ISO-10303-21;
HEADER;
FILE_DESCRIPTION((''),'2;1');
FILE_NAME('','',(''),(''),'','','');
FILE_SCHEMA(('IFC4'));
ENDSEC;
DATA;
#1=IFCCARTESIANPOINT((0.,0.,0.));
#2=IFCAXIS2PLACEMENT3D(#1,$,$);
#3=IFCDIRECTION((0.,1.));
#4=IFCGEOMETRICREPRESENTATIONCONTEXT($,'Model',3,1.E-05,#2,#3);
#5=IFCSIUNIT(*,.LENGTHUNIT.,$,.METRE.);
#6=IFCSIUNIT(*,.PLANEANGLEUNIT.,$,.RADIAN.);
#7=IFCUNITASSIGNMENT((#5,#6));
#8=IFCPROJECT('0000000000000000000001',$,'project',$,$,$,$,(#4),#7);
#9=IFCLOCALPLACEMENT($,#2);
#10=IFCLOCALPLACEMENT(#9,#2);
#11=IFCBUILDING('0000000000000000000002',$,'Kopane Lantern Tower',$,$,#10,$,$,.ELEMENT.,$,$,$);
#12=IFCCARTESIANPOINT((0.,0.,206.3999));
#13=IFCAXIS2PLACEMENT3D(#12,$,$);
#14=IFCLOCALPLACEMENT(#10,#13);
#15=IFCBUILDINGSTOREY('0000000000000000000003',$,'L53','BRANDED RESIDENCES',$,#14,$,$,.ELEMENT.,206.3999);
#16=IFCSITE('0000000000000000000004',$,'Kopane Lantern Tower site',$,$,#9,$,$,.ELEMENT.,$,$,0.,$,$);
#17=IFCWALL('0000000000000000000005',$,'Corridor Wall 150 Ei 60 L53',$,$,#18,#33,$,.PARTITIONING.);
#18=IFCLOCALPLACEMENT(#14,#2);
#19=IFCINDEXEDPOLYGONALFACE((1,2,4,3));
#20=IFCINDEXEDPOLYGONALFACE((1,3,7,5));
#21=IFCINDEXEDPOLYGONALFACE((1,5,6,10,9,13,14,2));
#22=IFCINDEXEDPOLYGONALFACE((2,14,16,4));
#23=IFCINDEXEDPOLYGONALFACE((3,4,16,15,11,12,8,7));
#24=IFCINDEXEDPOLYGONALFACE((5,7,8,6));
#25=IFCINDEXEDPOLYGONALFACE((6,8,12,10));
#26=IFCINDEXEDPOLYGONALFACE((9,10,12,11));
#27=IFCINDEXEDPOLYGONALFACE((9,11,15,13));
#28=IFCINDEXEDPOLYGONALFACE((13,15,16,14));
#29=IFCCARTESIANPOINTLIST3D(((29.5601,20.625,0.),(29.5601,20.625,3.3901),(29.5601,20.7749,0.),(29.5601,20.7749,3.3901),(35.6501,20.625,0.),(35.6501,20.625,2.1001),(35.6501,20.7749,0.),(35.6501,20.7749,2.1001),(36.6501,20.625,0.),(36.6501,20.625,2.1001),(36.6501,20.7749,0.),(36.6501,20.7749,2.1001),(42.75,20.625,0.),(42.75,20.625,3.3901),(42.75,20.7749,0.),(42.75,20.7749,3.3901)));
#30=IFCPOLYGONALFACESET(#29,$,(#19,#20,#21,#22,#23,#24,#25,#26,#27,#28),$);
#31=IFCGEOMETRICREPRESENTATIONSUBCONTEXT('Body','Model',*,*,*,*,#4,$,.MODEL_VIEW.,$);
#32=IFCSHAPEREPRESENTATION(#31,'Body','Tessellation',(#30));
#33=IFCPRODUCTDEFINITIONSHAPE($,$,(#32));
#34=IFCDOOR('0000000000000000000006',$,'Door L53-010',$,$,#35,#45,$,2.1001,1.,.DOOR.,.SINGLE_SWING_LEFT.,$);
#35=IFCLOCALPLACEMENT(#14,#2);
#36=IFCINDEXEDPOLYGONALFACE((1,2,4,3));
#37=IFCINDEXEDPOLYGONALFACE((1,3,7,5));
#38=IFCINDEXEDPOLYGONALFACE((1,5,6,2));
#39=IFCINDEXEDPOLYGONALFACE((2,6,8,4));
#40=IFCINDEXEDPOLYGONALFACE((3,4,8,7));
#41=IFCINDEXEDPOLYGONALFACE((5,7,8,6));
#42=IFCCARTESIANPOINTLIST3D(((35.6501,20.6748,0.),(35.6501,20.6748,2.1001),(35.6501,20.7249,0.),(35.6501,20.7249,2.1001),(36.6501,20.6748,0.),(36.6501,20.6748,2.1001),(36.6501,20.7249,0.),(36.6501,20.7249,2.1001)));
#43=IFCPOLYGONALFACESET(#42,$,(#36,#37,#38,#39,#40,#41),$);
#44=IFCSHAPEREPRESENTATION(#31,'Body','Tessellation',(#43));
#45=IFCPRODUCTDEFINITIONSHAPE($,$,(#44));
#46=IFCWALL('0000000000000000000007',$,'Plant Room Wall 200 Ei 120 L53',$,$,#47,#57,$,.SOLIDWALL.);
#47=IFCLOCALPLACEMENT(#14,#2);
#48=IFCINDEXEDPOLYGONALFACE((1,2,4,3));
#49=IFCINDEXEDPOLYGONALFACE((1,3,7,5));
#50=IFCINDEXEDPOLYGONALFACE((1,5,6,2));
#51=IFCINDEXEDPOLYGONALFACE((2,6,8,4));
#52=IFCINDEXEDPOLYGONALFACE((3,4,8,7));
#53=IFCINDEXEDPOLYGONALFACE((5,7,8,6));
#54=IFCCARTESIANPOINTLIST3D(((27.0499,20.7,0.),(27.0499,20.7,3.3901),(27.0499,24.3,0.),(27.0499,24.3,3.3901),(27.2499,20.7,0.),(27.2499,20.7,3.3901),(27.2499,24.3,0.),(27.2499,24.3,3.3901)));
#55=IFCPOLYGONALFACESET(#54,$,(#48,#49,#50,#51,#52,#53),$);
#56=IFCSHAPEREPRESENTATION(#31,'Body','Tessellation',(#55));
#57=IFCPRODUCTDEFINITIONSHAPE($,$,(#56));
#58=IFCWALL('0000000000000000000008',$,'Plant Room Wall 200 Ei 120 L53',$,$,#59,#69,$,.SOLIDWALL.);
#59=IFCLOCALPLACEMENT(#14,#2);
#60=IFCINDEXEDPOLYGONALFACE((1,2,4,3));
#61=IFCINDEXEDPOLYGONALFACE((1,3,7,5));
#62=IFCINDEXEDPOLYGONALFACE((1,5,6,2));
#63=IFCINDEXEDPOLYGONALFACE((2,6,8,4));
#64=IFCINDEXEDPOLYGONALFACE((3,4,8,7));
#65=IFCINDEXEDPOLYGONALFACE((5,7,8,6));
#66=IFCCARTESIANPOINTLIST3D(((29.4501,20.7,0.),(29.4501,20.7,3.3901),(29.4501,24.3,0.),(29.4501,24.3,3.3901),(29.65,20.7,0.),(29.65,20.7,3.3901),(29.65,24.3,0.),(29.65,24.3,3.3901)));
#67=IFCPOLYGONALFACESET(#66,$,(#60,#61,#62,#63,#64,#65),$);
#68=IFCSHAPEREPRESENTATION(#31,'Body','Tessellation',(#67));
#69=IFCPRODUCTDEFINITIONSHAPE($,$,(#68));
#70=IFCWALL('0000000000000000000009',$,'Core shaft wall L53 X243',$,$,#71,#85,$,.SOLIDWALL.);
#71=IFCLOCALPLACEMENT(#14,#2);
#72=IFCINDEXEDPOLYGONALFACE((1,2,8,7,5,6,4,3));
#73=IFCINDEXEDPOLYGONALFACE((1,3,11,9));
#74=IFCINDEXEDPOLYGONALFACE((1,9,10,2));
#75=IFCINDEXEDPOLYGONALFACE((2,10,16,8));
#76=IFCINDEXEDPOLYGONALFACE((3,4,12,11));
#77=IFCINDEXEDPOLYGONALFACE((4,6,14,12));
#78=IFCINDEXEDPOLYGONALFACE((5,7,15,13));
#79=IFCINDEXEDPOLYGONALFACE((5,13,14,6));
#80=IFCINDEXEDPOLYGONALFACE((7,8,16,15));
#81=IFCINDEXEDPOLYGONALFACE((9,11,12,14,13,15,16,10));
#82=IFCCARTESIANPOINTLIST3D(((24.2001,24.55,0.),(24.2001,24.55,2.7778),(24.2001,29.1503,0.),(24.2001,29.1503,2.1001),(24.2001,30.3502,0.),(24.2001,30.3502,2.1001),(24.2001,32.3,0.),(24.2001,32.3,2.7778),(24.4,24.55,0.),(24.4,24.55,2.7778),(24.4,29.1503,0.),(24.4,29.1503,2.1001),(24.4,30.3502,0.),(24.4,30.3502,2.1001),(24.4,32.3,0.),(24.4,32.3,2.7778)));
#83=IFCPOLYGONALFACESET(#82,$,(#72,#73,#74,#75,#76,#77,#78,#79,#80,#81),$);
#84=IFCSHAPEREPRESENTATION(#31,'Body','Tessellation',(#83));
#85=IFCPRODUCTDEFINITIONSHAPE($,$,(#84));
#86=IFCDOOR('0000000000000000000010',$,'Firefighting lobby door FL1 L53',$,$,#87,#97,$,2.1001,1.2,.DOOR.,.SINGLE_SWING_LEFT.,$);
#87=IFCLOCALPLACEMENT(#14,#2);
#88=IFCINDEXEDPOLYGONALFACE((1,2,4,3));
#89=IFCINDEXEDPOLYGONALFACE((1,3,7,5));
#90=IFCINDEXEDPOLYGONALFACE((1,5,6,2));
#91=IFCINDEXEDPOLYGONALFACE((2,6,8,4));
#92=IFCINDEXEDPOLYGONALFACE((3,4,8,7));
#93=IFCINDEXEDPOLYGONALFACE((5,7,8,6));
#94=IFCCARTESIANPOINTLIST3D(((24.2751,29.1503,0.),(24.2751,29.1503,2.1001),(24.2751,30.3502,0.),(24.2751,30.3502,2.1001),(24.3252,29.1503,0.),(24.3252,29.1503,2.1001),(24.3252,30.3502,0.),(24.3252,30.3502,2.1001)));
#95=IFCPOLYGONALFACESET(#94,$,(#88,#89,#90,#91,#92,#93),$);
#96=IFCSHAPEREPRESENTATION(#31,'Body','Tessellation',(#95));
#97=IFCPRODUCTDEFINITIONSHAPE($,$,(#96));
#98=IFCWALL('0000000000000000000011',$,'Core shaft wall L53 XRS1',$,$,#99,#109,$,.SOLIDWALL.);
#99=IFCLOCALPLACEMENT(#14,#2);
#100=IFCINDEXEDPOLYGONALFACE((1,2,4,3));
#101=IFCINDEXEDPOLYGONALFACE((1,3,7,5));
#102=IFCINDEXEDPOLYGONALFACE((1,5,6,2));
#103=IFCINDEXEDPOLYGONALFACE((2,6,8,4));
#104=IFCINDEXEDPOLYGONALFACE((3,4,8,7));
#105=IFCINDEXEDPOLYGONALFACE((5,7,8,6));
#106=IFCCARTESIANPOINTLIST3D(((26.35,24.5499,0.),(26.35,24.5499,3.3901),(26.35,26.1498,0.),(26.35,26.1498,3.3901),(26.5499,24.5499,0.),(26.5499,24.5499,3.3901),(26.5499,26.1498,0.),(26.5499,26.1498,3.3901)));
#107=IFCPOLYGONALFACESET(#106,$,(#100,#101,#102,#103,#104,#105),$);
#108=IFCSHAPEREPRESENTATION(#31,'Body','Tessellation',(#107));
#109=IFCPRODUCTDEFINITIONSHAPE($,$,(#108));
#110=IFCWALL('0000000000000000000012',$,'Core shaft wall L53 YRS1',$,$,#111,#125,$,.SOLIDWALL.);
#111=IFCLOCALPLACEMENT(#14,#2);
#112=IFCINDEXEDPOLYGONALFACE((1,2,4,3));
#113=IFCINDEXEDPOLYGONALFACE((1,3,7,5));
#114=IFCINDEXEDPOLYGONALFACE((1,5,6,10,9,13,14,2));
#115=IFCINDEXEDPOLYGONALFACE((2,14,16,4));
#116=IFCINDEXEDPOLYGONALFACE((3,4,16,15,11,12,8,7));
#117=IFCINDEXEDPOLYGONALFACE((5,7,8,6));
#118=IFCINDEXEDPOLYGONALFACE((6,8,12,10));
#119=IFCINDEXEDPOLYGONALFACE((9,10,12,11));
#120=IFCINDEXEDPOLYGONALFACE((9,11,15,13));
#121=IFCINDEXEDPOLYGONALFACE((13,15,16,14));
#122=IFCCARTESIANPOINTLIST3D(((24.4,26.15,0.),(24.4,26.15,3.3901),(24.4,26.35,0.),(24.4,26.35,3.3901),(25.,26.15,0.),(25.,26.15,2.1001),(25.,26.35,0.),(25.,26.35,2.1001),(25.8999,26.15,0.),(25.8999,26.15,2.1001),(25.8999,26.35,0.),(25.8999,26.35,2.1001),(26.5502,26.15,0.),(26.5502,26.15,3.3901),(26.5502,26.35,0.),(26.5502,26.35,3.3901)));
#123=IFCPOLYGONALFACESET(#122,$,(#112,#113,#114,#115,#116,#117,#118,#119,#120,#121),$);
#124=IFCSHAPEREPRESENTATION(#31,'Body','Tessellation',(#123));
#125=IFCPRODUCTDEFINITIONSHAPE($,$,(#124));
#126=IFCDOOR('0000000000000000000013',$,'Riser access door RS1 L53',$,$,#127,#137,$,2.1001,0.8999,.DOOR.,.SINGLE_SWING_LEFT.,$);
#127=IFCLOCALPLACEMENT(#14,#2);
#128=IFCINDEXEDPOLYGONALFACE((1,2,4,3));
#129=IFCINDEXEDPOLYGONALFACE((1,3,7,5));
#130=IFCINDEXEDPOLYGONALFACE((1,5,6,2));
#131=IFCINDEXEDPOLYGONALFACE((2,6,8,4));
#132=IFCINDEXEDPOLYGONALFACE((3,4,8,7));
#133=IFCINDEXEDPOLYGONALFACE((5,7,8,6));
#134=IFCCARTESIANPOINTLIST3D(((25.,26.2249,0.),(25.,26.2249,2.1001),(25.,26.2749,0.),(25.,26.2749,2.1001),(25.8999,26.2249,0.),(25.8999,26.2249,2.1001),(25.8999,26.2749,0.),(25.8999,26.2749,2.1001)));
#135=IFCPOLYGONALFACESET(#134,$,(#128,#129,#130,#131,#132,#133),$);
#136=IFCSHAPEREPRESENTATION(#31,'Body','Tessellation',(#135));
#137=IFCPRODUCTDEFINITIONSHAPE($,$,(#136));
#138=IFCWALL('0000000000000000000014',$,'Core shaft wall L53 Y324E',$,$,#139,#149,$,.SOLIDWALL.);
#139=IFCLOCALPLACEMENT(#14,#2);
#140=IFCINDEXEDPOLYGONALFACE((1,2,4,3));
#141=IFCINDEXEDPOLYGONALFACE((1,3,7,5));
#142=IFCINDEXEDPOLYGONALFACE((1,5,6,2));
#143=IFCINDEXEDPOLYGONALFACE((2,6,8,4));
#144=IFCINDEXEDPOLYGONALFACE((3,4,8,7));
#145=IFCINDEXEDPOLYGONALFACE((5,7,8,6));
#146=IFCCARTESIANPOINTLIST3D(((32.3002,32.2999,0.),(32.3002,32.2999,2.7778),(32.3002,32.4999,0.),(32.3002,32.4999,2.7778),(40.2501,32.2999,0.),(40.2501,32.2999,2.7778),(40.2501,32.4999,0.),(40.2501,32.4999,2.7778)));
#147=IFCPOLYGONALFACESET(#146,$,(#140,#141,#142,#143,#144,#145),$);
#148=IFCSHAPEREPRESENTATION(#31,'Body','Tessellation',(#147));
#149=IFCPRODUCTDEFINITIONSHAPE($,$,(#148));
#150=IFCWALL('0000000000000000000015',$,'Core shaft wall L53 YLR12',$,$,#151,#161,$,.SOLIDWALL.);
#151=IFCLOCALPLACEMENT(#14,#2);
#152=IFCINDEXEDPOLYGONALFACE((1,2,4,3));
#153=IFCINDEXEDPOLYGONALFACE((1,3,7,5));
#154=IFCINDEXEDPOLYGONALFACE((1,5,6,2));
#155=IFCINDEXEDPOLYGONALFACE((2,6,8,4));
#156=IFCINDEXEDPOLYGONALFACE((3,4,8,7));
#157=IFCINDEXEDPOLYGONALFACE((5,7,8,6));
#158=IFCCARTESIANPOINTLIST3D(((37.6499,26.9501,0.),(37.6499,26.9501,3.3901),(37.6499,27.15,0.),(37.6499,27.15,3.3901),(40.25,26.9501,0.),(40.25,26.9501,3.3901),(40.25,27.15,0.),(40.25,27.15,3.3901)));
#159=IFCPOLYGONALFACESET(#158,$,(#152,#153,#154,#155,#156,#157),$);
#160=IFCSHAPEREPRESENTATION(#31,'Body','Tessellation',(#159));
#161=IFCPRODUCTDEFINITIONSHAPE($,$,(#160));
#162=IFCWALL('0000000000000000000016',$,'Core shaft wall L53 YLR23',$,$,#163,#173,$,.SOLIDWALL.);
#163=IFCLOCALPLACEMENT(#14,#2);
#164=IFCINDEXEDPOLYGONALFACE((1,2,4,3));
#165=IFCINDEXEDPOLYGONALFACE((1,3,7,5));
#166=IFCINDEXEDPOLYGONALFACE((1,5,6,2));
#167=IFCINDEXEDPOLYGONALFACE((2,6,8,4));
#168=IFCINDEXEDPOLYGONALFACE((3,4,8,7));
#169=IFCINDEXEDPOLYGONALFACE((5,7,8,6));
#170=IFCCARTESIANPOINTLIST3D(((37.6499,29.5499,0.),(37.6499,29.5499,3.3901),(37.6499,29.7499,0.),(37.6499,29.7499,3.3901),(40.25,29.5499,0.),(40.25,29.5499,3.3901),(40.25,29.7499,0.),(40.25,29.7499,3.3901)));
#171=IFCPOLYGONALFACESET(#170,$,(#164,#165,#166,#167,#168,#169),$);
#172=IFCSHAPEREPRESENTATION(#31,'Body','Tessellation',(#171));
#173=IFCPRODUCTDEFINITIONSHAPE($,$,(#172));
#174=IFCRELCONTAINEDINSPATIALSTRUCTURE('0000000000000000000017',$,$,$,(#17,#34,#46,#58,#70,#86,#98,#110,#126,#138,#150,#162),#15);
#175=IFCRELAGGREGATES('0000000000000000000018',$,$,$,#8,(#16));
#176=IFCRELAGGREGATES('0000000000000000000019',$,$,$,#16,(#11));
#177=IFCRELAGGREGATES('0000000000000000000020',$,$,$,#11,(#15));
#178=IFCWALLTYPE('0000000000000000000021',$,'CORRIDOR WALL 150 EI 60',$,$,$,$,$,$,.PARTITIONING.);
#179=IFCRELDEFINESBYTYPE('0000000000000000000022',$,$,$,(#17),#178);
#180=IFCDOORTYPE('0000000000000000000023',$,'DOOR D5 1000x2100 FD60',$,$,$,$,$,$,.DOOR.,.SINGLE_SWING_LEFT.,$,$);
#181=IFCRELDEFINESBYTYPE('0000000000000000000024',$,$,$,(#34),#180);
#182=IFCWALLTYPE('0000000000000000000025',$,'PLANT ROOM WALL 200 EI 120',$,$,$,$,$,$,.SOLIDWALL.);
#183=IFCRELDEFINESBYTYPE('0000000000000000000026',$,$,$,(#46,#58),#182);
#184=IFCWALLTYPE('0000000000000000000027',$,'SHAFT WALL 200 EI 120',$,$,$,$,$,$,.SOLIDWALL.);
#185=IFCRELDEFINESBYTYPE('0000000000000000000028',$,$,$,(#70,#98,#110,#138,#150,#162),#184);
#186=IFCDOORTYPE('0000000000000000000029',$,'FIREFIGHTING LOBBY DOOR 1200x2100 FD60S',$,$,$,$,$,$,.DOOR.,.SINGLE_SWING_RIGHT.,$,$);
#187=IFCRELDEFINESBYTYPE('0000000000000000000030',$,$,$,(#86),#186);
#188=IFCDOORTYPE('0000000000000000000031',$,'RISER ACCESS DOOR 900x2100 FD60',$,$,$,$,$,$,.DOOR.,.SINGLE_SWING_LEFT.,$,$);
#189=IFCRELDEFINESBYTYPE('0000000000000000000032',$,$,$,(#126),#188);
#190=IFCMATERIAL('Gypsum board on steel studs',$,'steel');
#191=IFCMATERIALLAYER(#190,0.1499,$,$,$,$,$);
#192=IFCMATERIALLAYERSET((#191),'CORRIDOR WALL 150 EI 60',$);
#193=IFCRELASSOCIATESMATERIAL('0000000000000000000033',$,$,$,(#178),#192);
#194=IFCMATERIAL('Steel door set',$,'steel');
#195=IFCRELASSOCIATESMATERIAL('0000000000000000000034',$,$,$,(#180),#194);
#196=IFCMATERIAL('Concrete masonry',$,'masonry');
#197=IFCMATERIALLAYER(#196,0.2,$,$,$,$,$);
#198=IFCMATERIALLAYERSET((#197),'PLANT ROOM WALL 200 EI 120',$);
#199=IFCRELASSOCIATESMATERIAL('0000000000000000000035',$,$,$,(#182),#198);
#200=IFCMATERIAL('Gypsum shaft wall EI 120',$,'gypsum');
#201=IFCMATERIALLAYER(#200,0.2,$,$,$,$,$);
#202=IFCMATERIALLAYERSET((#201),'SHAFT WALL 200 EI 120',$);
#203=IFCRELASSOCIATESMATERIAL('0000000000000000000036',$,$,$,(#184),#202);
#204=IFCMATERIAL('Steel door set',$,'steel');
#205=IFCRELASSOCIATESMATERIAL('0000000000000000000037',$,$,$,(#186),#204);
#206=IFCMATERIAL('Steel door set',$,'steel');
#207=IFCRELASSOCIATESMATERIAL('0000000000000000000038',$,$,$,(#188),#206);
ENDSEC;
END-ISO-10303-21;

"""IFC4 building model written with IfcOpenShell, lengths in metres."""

from ifc_helpers import new_model, si_unit, direction, frame, frame_2d, origin, place, context, subcontext, project, spatial, rectangle, extrude, material, layer, layer_set, type_object, element, fill, save


model = new_model("IFC4")

# Units and contexts
model_context = context("Model", 3, precision=1e-05, world=origin(), true_north=direction((0.0, 1.0)))
body_context = subcontext(model_context, "Body", "Model", "MODEL_VIEW")
ifc_project = project(units=[si_unit("LENGTHUNIT", "METRE"), si_unit("PLANEANGLEUNIT", "RADIAN")], contexts=[model_context])

# Site, building, storey
site_placement = place(None, origin())
site = spatial("IfcSite", under=ifc_project, at=site_placement, Name="Kopane Lantern Tower site", CompositionType="ELEMENT", RefElevation=0.0)
building_placement = place(site_placement, origin())
building = spatial("IfcBuilding", under=site, at=building_placement, Name="Kopane Lantern Tower", CompositionType="ELEMENT")
storey_placement = place(building_placement, frame((0.0, 0.0, 206.3999)))
storey = spatial("IfcBuildingStorey", under=building, at=storey_placement, Name="L53", Description="BRANDED RESIDENCES", CompositionType="ELEMENT", Elevation=206.3999)

# Wall, opening, door
ifc_material_1 = material(Name="Gypsum board on steel studs", Category="steel")
ifc_layer_1 = layer(ifc_material_1, 0.1499)
ifc_layer_set_1 = layer_set([ifc_layer_1], Name="CORRIDOR WALL 150 EI 60")
wall_type_1 = type_object("IfcWallType", Name="CORRIDOR WALL 150 EI 60", PredefinedType="PARTITIONING", material=ifc_layer_set_1)
wall_1_placement = place(storey_placement, frame((29.5601, 20.7, 0.0), z_axis=(0.0, 0.0, 1.0), x_axis=(1.0, 0.0, 0.0)))
wall_1 = element("IfcWall", 1, at=wall_1_placement, inside=storey, type_object=wall_type_1, Name="Corridor Wall 150 Ei 60 L53", PredefinedType="PARTITIONING", context=body_context, shape_type="SweptSolid", body=[
    extrude(rectangle(XDim=13.1899, YDim=0.1499, at=frame_2d((6.595, 0.0))), origin(), (0.0, 0.0, 1.0), 3.3901),
])
opening_1_placement = place(wall_1_placement, frame((6.0901, 0.0, 0.0)))
opening_1 = element("IfcOpeningElement", 2, at=opening_1_placement, cuts=wall_1, PredefinedType="OPENING", context=body_context, shape_type="SweptSolid", body=[
    extrude(rectangle(XDim=1.0, YDim=2.1001, at=frame_2d((0.5, 1.05))), frame((0.0, 0.085, 0.0), z_axis=(0.0, -1.0, 0.0), x_axis=(1.0, 0.0, 0.0)), (0.0, 0.0, 1.0), 0.1699),
])
ifc_material_2 = material(Name="Steel door set", Category="steel")
door_type_1 = type_object("IfcDoorType", Name="DOOR D5 1000x2100 FD60", OperationType="SINGLE_SWING_LEFT", PredefinedType="DOOR", material=ifc_material_2)
door_1_placement = place(opening_1_placement, origin())
door_1 = element("IfcDoor", 3, at=door_1_placement, inside=storey, type_object=door_type_1, Name="Door L53-010", OperationType="SINGLE_SWING_LEFT", OverallHeight=2.1001, OverallWidth=1.0, PredefinedType="DOOR", context=body_context, shape_type="SweptSolid", body=[
    extrude(rectangle(XDim=1.0, YDim=2.1001, at=frame_2d((0.5, 1.05))), frame((0.0, 0.0249, 0.0), z_axis=(0.0, -1.0, 0.0), x_axis=(1.0, 0.0, 0.0)), (0.0, 0.0, 1.0), 0.05),
])
fill(opening_1, door_1)

# Walls
ifc_material_3 = material(Name="Concrete masonry", Category="masonry")
ifc_layer_2 = layer(ifc_material_3, 0.2)
ifc_layer_set_2 = layer_set([ifc_layer_2], Name="PLANT ROOM WALL 200 EI 120")
wall_type_2 = type_object("IfcWallType", Name="PLANT ROOM WALL 200 EI 120", PredefinedType="SOLIDWALL", material=ifc_layer_set_2)
for number, where, z_axis, x_axis, name in (
    (4, (27.1499, 20.7, 0.0), (0.0, 0.0, 1.0), (0.0, 1.0, 0.0), "Plant Room Wall 200 Ei 120 L53"),
    (5, (29.55, 20.7, 0.0), (0.0, 0.0, 1.0), (0.0, 1.0, 0.0), "Plant Room Wall 200 Ei 120 L53"),
):
    element("IfcWall", number, at=place(storey_placement, frame(where, z_axis=z_axis, x_axis=x_axis)), inside=storey, type_object=wall_type_2, Name=name, PredefinedType="SOLIDWALL", context=body_context, shape_type="SweptSolid", body=[
        extrude(rectangle(XDim=3.6001, YDim=0.2, at=frame_2d((1.8, 0.0))), origin(), (0.0, 0.0, 1.0), 3.3901),
    ])

# Wall, opening, door
ifc_material_4 = material(Name="Gypsum shaft wall EI 120", Category="gypsum")
ifc_layer_3 = layer(ifc_material_4, 0.2)
ifc_layer_set_3 = layer_set([ifc_layer_3], Name="SHAFT WALL 200 EI 120")
wall_type_3 = type_object("IfcWallType", Name="SHAFT WALL 200 EI 120", PredefinedType="SOLIDWALL", material=ifc_layer_set_3)
wall_2_placement = place(storey_placement, frame((24.3, 24.55, 0.0), z_axis=(0.0, 0.0, 1.0), x_axis=(0.0, 1.0, 0.0)))
wall_2 = element("IfcWall", 6, at=wall_2_placement, inside=storey, type_object=wall_type_3, Name="Core shaft wall L53 X243", PredefinedType="SOLIDWALL", context=body_context, shape_type="SweptSolid", body=[
    extrude(rectangle(XDim=7.75, YDim=0.2, at=frame_2d((3.875, 0.0))), origin(), (0.0, 0.0, 1.0), 2.7778),
])
opening_2_placement = place(wall_2_placement, frame((4.6001, 0.0, 0.0)))
opening_2 = element("IfcOpeningElement", 7, at=opening_2_placement, cuts=wall_2, PredefinedType="OPENING", context=body_context, shape_type="SweptSolid", body=[
    extrude(rectangle(XDim=1.2, YDim=2.1001, at=frame_2d((0.6001, 1.05))), frame((0.0, 0.1099, 0.0), z_axis=(0.0, -1.0, 0.0), x_axis=(1.0, 0.0, 0.0)), (0.0, 0.0, 1.0), 0.22),
])
ifc_material_5 = material(Name="Steel door set", Category="steel")
door_type_2 = type_object("IfcDoorType", Name="FIREFIGHTING LOBBY DOOR 1200x2100 FD60S", OperationType="SINGLE_SWING_RIGHT", PredefinedType="DOOR", material=ifc_material_5)
door_2_placement = place(opening_2_placement, origin())
door_2 = element("IfcDoor", 8, at=door_2_placement, inside=storey, type_object=door_type_2, Name="Firefighting lobby door FL1 L53", OperationType="SINGLE_SWING_LEFT", OverallHeight=2.1001, OverallWidth=1.2, PredefinedType="DOOR", context=body_context, shape_type="SweptSolid", body=[
    extrude(rectangle(XDim=1.2, YDim=2.1001, at=frame_2d((0.6001, 1.05))), frame((0.0, 0.0249, 0.0), z_axis=(0.0, -1.0, 0.0), x_axis=(1.0, 0.0, 0.0)), (0.0, 0.0, 1.0), 0.05),
])
fill(opening_2, door_2)

# Wall
wall_3_placement = place(storey_placement, frame((26.45, 24.55, 0.0), z_axis=(0.0, 0.0, 1.0), x_axis=(0.0, 1.0, 0.0)))
element("IfcWall", 9, at=wall_3_placement, inside=storey, type_object=wall_type_3, Name="Core shaft wall L53 XRS1", PredefinedType="SOLIDWALL", context=body_context, shape_type="SweptSolid", body=[
    extrude(rectangle(XDim=1.5999, YDim=0.2, at=frame_2d((0.7998, 0.0))), origin(), (0.0, 0.0, 1.0), 3.3901),
])

# Wall, opening, door
wall_4_placement = place(storey_placement, frame((24.3999, 26.25, 0.0), z_axis=(0.0, 0.0, 1.0), x_axis=(1.0, 0.0, 0.0)))
wall_4 = element("IfcWall", 10, at=wall_4_placement, inside=storey, type_object=wall_type_3, Name="Core shaft wall L53 YRS1", PredefinedType="SOLIDWALL", context=body_context, shape_type="SweptSolid", body=[
    extrude(rectangle(XDim=2.1501, YDim=0.2, at=frame_2d((1.0752, 0.0))), origin(), (0.0, 0.0, 1.0), 3.3901),
])
opening_3_placement = place(wall_4_placement, frame((0.6001, 0.0, 0.0)))
opening_3 = element("IfcOpeningElement", 11, at=opening_3_placement, cuts=wall_4, PredefinedType="OPENING", context=body_context, shape_type="SweptSolid", body=[
    extrude(rectangle(XDim=0.8999, YDim=2.1001, at=frame_2d((0.45, 1.05))), frame((0.0, 0.1099, 0.0), z_axis=(0.0, -1.0, 0.0), x_axis=(1.0, 0.0, 0.0)), (0.0, 0.0, 1.0), 0.22),
])
ifc_material_6 = material(Name="Steel door set", Category="steel")
door_type_3 = type_object("IfcDoorType", Name="RISER ACCESS DOOR 900x2100 FD60", OperationType="SINGLE_SWING_LEFT", PredefinedType="DOOR", material=ifc_material_6)
door_3_placement = place(opening_3_placement, origin())
door_3 = element("IfcDoor", 12, at=door_3_placement, inside=storey, type_object=door_type_3, Name="Riser access door RS1 L53", OperationType="SINGLE_SWING_LEFT", OverallHeight=2.1001, OverallWidth=0.8999, PredefinedType="DOOR", context=body_context, shape_type="SweptSolid", body=[
    extrude(rectangle(XDim=0.8999, YDim=2.1001, at=frame_2d((0.45, 1.05))), frame((0.0, 0.0249, 0.0), z_axis=(0.0, -1.0, 0.0), x_axis=(1.0, 0.0, 0.0)), (0.0, 0.0, 1.0), 0.05),
])
fill(opening_3, door_3)

# Walls
wall_5_placement = place(storey_placement, frame((32.3, 32.3999, 0.0), z_axis=(0.0, 0.0, 1.0), x_axis=(1.0, 0.0, 0.0)))
element("IfcWall", 13, at=wall_5_placement, inside=storey, type_object=wall_type_3, Name="Core shaft wall L53 Y324E", PredefinedType="SOLIDWALL", context=body_context, shape_type="SweptSolid", body=[
    extrude(rectangle(XDim=7.95, YDim=0.2, at=frame_2d((3.9751, 0.0))), origin(), (0.0, 0.0, 1.0), 2.7778),
])
for number, where, z_axis, x_axis, name in (
    (14, (37.6499, 27.05, 0.0), (0.0, 0.0, 1.0), (1.0, 0.0, 0.0), "Core shaft wall L53 YLR12"),
    (15, (37.6499, 29.6499, 0.0), (0.0, 0.0, 1.0), (1.0, 0.0, 0.0), "Core shaft wall L53 YLR23"),
):
    element("IfcWall", number, at=place(storey_placement, frame(where, z_axis=z_axis, x_axis=x_axis)), inside=storey, type_object=wall_type_3, Name=name, PredefinedType="SOLIDWALL", context=body_context, shape_type="SweptSolid", body=[
        extrude(rectangle(XDim=2.6001, YDim=0.2, at=frame_2d((1.3, 0.0))), origin(), (0.0, 0.0, 1.0), 3.3901),
    ])

save(model, "model.ifc")
